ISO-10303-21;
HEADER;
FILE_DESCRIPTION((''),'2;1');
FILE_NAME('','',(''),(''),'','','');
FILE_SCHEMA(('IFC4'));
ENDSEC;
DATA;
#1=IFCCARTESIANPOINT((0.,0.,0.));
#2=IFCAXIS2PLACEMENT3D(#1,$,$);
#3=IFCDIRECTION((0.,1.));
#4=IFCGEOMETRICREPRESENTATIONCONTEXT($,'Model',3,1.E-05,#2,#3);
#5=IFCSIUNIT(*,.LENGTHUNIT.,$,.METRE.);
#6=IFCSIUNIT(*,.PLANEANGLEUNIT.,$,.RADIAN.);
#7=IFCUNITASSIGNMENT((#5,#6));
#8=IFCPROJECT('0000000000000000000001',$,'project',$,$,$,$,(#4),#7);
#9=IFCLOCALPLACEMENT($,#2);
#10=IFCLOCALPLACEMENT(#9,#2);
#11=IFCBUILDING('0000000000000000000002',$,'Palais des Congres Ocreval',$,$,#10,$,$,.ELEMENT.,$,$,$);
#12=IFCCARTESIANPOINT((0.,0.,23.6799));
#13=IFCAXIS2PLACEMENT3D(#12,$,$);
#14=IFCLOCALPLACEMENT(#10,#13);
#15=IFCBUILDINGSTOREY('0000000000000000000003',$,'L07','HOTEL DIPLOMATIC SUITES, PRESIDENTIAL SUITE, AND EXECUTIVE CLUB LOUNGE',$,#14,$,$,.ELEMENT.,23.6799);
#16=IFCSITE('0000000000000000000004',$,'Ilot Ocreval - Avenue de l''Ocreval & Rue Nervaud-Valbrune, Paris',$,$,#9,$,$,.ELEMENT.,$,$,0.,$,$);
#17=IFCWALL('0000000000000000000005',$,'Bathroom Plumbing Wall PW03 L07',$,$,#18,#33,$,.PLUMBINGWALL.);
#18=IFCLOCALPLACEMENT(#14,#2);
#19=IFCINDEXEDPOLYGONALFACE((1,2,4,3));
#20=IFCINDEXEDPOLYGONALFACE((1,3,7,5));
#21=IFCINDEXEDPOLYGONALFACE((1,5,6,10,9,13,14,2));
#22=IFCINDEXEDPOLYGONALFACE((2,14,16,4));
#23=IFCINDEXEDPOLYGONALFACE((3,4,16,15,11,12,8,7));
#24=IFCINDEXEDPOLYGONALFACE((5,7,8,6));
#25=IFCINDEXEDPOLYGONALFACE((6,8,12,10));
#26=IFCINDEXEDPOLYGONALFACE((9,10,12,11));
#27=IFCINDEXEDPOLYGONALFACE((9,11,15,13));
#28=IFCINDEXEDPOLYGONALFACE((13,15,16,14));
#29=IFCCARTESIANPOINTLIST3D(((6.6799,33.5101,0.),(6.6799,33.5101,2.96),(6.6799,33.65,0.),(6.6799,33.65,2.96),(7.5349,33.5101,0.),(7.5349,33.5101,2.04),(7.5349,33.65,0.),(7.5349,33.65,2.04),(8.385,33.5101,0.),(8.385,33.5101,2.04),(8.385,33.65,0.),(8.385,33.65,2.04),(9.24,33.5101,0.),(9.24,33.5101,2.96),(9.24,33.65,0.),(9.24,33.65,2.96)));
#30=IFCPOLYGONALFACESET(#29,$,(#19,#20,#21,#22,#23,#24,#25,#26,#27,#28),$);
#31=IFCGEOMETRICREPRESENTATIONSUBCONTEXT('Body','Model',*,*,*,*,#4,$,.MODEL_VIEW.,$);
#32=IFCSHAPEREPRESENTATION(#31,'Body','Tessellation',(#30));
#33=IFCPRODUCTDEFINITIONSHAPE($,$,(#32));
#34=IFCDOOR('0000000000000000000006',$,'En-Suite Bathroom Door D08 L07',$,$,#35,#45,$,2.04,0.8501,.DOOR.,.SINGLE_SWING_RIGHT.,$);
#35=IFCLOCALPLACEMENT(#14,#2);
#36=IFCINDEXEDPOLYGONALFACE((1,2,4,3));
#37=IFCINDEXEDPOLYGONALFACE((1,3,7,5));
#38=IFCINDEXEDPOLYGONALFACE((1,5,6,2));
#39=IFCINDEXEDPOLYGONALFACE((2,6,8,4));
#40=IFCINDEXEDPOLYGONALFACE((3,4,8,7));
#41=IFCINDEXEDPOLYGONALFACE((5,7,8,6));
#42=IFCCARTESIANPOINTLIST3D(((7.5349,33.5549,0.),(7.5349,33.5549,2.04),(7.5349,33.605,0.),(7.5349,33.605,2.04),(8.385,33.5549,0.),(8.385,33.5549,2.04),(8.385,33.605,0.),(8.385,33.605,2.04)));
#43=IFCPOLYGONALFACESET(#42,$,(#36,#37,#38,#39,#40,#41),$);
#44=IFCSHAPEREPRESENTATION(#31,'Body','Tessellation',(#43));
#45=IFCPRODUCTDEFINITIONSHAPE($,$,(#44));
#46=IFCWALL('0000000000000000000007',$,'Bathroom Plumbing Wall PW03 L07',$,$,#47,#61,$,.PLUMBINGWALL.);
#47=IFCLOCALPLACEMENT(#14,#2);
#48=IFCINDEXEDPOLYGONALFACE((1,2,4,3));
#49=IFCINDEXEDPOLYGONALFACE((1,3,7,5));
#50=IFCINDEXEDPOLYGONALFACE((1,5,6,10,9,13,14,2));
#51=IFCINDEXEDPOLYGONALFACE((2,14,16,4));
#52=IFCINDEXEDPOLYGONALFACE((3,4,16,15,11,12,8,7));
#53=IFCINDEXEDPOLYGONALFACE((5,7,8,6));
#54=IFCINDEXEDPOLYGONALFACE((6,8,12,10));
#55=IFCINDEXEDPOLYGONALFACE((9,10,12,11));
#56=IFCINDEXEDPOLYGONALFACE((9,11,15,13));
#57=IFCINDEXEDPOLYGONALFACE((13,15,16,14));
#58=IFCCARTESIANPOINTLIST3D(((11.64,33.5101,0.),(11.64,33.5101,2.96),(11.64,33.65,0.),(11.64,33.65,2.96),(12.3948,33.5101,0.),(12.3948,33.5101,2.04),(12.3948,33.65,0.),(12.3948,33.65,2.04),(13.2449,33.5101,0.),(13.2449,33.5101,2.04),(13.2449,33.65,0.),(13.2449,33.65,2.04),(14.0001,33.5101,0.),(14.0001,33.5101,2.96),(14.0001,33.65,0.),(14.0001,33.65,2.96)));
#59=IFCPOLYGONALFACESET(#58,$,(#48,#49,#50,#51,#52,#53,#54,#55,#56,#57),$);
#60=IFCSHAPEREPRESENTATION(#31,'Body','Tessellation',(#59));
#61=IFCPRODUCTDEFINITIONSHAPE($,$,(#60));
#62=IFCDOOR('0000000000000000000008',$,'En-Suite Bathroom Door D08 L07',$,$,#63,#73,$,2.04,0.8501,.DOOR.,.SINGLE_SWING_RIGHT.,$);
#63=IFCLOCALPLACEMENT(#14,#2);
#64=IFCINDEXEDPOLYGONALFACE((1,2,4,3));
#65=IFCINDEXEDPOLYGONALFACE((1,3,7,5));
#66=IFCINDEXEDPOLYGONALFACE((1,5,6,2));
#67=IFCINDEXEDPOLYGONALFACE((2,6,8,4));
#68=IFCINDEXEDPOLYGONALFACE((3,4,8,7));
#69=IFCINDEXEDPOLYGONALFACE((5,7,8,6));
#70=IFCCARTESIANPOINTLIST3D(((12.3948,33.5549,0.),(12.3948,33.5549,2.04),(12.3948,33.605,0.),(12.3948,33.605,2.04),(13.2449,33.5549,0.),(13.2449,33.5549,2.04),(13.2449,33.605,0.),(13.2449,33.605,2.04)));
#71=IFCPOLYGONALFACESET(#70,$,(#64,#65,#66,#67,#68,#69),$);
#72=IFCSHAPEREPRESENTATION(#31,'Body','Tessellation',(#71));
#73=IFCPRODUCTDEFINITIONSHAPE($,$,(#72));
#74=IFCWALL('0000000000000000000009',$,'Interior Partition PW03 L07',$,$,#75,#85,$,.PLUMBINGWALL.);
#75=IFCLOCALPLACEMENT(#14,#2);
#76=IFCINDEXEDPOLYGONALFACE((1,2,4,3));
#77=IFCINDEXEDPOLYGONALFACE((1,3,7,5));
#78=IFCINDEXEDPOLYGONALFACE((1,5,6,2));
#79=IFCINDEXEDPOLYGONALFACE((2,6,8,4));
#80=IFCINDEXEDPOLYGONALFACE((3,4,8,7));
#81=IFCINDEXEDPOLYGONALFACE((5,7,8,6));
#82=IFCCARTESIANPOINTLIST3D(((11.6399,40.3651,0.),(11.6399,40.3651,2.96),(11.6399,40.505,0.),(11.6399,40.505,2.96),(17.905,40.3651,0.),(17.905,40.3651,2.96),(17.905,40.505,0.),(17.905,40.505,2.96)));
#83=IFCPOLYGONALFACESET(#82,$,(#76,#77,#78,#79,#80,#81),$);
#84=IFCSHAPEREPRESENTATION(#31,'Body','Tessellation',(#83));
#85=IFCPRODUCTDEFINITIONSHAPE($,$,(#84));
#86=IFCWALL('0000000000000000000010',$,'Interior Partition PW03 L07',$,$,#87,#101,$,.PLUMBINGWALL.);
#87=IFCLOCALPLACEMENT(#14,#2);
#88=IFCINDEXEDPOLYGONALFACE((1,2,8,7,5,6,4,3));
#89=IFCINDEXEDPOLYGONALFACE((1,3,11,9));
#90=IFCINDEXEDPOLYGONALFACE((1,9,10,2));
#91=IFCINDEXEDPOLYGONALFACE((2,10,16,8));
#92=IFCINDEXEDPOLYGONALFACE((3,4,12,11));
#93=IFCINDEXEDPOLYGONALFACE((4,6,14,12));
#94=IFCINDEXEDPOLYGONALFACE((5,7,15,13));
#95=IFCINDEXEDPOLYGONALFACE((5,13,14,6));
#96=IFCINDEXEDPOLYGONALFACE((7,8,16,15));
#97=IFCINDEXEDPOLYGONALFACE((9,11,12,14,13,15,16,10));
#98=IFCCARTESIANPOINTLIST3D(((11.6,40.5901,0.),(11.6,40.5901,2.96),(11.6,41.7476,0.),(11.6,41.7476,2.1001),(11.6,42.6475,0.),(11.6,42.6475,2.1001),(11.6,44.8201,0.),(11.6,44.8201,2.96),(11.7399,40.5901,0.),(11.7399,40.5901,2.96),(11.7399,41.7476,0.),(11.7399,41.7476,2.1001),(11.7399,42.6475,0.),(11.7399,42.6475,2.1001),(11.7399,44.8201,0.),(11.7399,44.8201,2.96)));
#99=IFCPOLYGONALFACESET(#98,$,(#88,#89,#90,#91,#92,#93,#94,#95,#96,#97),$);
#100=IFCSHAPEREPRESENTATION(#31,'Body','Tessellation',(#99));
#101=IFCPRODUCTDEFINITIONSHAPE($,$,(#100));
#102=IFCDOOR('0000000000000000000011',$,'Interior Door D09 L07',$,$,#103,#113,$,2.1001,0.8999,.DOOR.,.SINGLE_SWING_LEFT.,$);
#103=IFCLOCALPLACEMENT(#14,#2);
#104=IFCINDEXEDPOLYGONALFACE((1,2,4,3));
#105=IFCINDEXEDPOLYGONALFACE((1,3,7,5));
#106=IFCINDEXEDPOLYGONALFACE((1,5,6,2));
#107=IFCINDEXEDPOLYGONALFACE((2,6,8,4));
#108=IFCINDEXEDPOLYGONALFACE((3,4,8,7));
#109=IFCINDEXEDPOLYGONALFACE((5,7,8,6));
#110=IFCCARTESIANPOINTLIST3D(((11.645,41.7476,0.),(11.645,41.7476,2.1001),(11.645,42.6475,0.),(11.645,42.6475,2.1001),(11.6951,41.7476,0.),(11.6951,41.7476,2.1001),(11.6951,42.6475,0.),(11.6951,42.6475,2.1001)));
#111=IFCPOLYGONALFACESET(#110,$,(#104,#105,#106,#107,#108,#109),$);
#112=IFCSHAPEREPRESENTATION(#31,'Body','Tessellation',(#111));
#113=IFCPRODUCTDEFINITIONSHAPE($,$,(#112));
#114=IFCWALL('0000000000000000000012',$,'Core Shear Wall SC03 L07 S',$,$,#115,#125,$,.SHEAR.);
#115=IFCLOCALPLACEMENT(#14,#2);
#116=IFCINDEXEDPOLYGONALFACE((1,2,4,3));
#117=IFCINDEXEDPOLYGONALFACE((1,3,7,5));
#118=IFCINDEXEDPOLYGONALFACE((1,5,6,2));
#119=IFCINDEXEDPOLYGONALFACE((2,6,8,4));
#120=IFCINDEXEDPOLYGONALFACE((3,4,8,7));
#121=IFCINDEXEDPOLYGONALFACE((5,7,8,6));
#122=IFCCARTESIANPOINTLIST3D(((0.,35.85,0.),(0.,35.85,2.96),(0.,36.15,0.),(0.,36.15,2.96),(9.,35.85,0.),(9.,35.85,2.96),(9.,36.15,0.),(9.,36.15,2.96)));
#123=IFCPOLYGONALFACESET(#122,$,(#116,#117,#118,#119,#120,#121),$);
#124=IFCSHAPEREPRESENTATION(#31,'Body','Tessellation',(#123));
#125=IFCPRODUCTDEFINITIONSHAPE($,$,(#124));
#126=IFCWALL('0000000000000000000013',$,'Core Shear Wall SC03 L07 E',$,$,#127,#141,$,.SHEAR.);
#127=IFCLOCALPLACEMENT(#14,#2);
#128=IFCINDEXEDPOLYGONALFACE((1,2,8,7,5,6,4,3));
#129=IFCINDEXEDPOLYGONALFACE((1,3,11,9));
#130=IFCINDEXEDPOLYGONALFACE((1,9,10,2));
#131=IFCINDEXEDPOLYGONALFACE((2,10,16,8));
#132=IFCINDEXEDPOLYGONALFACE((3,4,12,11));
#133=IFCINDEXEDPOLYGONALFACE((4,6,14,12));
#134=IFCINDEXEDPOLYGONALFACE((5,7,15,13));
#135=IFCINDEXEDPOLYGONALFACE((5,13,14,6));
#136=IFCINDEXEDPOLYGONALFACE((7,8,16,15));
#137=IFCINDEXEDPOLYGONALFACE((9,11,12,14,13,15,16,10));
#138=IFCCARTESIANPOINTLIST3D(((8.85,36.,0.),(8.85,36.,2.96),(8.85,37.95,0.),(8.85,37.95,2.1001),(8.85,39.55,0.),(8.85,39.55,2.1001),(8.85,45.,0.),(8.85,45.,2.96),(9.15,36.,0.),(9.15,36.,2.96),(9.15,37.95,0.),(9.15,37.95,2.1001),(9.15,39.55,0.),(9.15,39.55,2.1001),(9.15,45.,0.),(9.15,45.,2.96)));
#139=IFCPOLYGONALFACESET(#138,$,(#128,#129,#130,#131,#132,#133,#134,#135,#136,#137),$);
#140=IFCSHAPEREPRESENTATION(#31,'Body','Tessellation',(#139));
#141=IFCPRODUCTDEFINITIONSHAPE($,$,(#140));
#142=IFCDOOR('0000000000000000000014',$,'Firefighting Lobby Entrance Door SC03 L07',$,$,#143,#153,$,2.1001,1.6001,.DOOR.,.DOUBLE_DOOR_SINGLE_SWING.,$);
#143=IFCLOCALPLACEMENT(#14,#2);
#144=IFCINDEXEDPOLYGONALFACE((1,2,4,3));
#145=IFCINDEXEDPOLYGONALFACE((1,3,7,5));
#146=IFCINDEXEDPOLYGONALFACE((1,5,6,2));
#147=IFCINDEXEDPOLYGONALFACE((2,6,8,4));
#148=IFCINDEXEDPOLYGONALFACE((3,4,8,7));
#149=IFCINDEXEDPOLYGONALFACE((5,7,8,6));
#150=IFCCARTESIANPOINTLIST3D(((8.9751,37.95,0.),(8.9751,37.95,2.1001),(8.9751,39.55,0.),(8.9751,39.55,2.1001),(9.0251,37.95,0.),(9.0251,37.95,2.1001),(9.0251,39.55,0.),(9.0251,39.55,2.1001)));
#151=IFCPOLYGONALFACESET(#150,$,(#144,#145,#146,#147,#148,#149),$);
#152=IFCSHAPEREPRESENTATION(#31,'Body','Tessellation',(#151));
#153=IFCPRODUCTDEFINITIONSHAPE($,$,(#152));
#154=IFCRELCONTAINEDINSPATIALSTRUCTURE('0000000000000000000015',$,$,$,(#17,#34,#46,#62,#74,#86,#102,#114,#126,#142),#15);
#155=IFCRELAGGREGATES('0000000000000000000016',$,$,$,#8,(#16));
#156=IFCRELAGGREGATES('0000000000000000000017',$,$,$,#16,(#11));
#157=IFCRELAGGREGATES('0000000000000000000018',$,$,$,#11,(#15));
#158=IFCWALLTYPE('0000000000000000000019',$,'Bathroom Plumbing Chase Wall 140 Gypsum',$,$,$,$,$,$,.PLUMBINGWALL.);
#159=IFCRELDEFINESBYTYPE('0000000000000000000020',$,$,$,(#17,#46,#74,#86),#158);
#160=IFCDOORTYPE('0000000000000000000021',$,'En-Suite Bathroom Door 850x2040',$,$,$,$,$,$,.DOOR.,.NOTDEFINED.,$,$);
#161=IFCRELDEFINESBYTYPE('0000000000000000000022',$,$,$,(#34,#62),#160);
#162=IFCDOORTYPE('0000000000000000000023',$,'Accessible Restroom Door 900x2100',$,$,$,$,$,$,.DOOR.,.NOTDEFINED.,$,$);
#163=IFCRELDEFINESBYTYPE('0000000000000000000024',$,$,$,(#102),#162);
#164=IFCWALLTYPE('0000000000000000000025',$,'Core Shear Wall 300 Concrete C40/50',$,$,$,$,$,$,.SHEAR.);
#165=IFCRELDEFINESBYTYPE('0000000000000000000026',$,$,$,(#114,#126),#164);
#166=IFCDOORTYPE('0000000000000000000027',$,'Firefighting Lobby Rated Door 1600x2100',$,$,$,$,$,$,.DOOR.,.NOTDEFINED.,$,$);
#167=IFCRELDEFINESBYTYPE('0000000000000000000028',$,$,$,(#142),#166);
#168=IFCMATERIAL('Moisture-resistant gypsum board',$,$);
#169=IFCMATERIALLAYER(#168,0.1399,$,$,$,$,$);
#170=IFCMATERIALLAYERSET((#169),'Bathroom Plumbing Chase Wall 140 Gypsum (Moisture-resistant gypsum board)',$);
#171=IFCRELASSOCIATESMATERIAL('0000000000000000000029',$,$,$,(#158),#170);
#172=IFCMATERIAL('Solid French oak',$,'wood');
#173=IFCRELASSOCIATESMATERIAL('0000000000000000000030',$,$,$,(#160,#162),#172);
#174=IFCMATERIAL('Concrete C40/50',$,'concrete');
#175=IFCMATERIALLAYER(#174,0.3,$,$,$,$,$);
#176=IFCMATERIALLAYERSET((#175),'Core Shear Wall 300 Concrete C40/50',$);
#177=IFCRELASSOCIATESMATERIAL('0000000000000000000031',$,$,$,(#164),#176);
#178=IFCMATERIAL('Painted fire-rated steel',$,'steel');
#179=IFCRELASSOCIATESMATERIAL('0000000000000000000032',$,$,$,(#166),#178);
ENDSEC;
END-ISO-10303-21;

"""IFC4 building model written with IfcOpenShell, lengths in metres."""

from ifc_helpers import new_model, si_unit, direction, frame, frame_2d, origin, place, context, subcontext, project, spatial, rectangle, extrude, material, layer, layer_set, type_object, element, fill, save


model = new_model("IFC4")

# Units and contexts
model_context = context("Model", 3, precision=1e-05, world=origin(), true_north=direction((0.0, 1.0)))
body_context = subcontext(model_context, "Body", "Model", "MODEL_VIEW")
ifc_project = project(units=[si_unit("LENGTHUNIT", "METRE"), si_unit("PLANEANGLEUNIT", "RADIAN")], contexts=[model_context])

# Site, building, storey
site_placement = place(None, origin())
site = spatial("IfcSite", under=ifc_project, at=site_placement, Name="Ilot Ocreval - Avenue de l'Ocreval & Rue Nervaud-Valbrune, Paris", CompositionType="ELEMENT", RefElevation=0.0)
building_placement = place(site_placement, origin())
building = spatial("IfcBuilding", under=site, at=building_placement, Name="Palais des Congres Ocreval", CompositionType="ELEMENT")
storey_placement = place(building_placement, frame((0.0, 0.0, 23.6799)))
storey = spatial("IfcBuildingStorey", under=building, at=storey_placement, Name="L07", Description="HOTEL DIPLOMATIC SUITES, PRESIDENTIAL SUITE, AND EXECUTIVE CLUB LOUNGE", CompositionType="ELEMENT", Elevation=23.6799)

# Walls, openings, doors
ifc_material_1 = material(Name="Moisture-resistant gypsum board")
ifc_layer_1 = layer(ifc_material_1, 0.1399)
ifc_layer_set_1 = layer_set([ifc_layer_1], Name="Bathroom Plumbing Chase Wall 140 Gypsum (Moisture-resistant gypsum board)")
wall_type_1 = type_object("IfcWallType", Name="Bathroom Plumbing Chase Wall 140 Gypsum", PredefinedType="PLUMBINGWALL", material=ifc_layer_set_1)
wall_1_placement = place(storey_placement, frame((6.6799, 33.5801, 0.0), z_axis=(0.0, 0.0, 1.0), x_axis=(1.0, 0.0, 0.0)))
wall_1 = element("IfcWall", 1, at=wall_1_placement, inside=storey, type_object=wall_type_1, Name="Bathroom Plumbing Wall PW03 L07", PredefinedType="PLUMBINGWALL", context=body_context, shape_type="SweptSolid", body=[
    extrude(rectangle(XDim=2.5601, YDim=0.1399, at=frame_2d((1.28, 0.0))), origin(), (0.0, 0.0, 1.0), 2.96),
])
opening_1_placement = place(wall_1_placement, frame((0.855, 0.0, 0.0)))
opening_1 = element("IfcOpeningElement", 2, at=opening_1_placement, cuts=wall_1, PredefinedType="OPENING", context=body_context, shape_type="SweptSolid", body=[
    extrude(rectangle(XDim=0.8501, YDim=2.04, at=frame_2d((0.425, 1.02))), frame((0.0, 0.0798, 0.0), z_axis=(0.0, -1.0, 0.0), x_axis=(1.0, 0.0, 0.0)), (0.0, 0.0, 1.0), 0.1599),
])
ifc_material_2 = material(Name="Solid French oak", Category="wood")
door_type_1 = type_object("IfcDoorType", Name="En-Suite Bathroom Door 850x2040", OperationType="NOTDEFINED", PredefinedType="DOOR", material=ifc_material_2)
door_1_placement = place(opening_1_placement, origin())
door_1 = element("IfcDoor", 3, at=door_1_placement, inside=storey, type_object=door_type_1, Name="En-Suite Bathroom Door D08 L07", OperationType="SINGLE_SWING_RIGHT", OverallHeight=2.04, OverallWidth=0.8501, PredefinedType="DOOR", context=body_context, shape_type="SweptSolid", body=[
    extrude(rectangle(XDim=0.8501, YDim=2.04, at=frame_2d((0.425, 1.02))), frame((0.0, 0.0249, 0.0), z_axis=(0.0, -1.0, 0.0), x_axis=(1.0, 0.0, 0.0)), (0.0, 0.0, 1.0), 0.05),
])
fill(opening_1, door_1)
wall_2_placement = place(storey_placement, frame((11.6399, 33.5801, 0.0), z_axis=(0.0, 0.0, 1.0), x_axis=(1.0, 0.0, 0.0)))
wall_2 = element("IfcWall", 4, at=wall_2_placement, inside=storey, type_object=wall_type_1, Name="Bathroom Plumbing Wall PW03 L07", PredefinedType="PLUMBINGWALL", context=body_context, shape_type="SweptSolid", body=[
    extrude(rectangle(XDim=2.3601, YDim=0.1399, at=frame_2d((1.1802, 0.0))), origin(), (0.0, 0.0, 1.0), 2.96),
])
opening_2_placement = place(wall_2_placement, frame((0.7549, 0.0, 0.0)))
opening_2 = element("IfcOpeningElement", 5, at=opening_2_placement, cuts=wall_2, PredefinedType="OPENING", context=body_context, shape_type="SweptSolid", body=[
    extrude(rectangle(XDim=0.8501, YDim=2.04, at=frame_2d((0.425, 1.02))), frame((0.0, 0.0798, 0.0), z_axis=(0.0, -1.0, 0.0), x_axis=(1.0, 0.0, 0.0)), (0.0, 0.0, 1.0), 0.1599),
])
door_2_placement = place(opening_2_placement, origin())
door_2 = element("IfcDoor", 6, at=door_2_placement, inside=storey, type_object=door_type_1, Name="En-Suite Bathroom Door D08 L07", OperationType="SINGLE_SWING_RIGHT", OverallHeight=2.04, OverallWidth=0.8501, PredefinedType="DOOR", context=body_context, shape_type="SweptSolid", body=[
    extrude(rectangle(XDim=0.8501, YDim=2.04, at=frame_2d((0.425, 1.02))), frame((0.0, 0.0249, 0.0), z_axis=(0.0, -1.0, 0.0), x_axis=(1.0, 0.0, 0.0)), (0.0, 0.0, 1.0), 0.05),
])
fill(opening_2, door_2)

# Wall
wall_3_placement = place(storey_placement, frame((11.6399, 40.4351, 0.0), z_axis=(0.0, 0.0, 1.0), x_axis=(1.0, 0.0, 0.0)))
element("IfcWall", 7, at=wall_3_placement, inside=storey, type_object=wall_type_1, Name="Interior Partition PW03 L07", PredefinedType="PLUMBINGWALL", context=body_context, shape_type="SweptSolid", body=[
    extrude(rectangle(XDim=6.2651, YDim=0.1399, at=frame_2d((3.1326, 0.0))), origin(), (0.0, 0.0, 1.0), 2.96),
])

# Wall, opening, door
wall_4_placement = place(storey_placement, frame((11.6699, 40.5901, 0.0), z_axis=(0.0, 0.0, 1.0), x_axis=(0.0, 1.0, 0.0)))
wall_4 = element("IfcWall", 8, at=wall_4_placement, inside=storey, type_object=wall_type_1, Name="Interior Partition PW03 L07", PredefinedType="PLUMBINGWALL", context=body_context, shape_type="SweptSolid", body=[
    extrude(rectangle(XDim=4.23, YDim=0.1399, at=frame_2d((2.115, 0.0))), origin(), (0.0, 0.0, 1.0), 2.96),
])
opening_3_placement = place(wall_4_placement, frame((1.1575, 0.0, 0.0)))
opening_3 = element("IfcOpeningElement", 9, at=opening_3_placement, cuts=wall_4, PredefinedType="OPENING", context=body_context, shape_type="SweptSolid", body=[
    extrude(rectangle(XDim=0.8999, YDim=2.1001, at=frame_2d((0.45, 1.05))), frame((0.0, 0.0798, 0.0), z_axis=(0.0, -1.0, 0.0), x_axis=(1.0, 0.0, 0.0)), (0.0, 0.0, 1.0), 0.1599),
])
door_type_2 = type_object("IfcDoorType", Name="Accessible Restroom Door 900x2100", OperationType="NOTDEFINED", PredefinedType="DOOR", material=ifc_material_2)
door_3_placement = place(opening_3_placement, origin())
door_3 = element("IfcDoor", 10, at=door_3_placement, inside=storey, type_object=door_type_2, Name="Interior Door D09 L07", OperationType="SINGLE_SWING_LEFT", OverallHeight=2.1001, OverallWidth=0.8999, PredefinedType="DOOR", context=body_context, shape_type="SweptSolid", body=[
    extrude(rectangle(XDim=0.8999, YDim=2.1001, at=frame_2d((0.45, 1.05))), frame((0.0, 0.0249, 0.0), z_axis=(0.0, -1.0, 0.0), x_axis=(1.0, 0.0, 0.0)), (0.0, 0.0, 1.0), 0.05),
])
fill(opening_3, door_3)

# Wall
ifc_material_3 = material(Name="Concrete C40/50", Category="concrete")
ifc_layer_2 = layer(ifc_material_3, 0.3)
ifc_layer_set_2 = layer_set([ifc_layer_2], Name="Core Shear Wall 300 Concrete C40/50")
wall_type_2 = type_object("IfcWallType", Name="Core Shear Wall 300 Concrete C40/50", PredefinedType="SHEAR", material=ifc_layer_set_2)
wall_5_placement = place(storey_placement, frame((0.0, 36.0, 0.0), z_axis=(0.0, 0.0, 1.0), x_axis=(1.0, 0.0, 0.0)))
element("IfcWall", 11, at=wall_5_placement, inside=storey, type_object=wall_type_2, Name="Core Shear Wall SC03 L07 S", PredefinedType="SHEAR", context=body_context, shape_type="SweptSolid", body=[
    extrude(rectangle(XDim=9.0, YDim=0.3, at=frame_2d((4.5, 0.0))), origin(), (0.0, 0.0, 1.0), 2.96),
])

# Wall, opening, door
wall_6_placement = place(storey_placement, frame((9.0, 36.0, 0.0), z_axis=(0.0, 0.0, 1.0), x_axis=(0.0, 1.0, 0.0)))
wall_6 = element("IfcWall", 12, at=wall_6_placement, inside=storey, type_object=wall_type_2, Name="Core Shear Wall SC03 L07 E", PredefinedType="SHEAR", context=body_context, shape_type="SweptSolid", body=[
    extrude(rectangle(XDim=9.0, YDim=0.3, at=frame_2d((4.5, 0.0))), origin(), (0.0, 0.0, 1.0), 2.96),
])
opening_4_placement = place(wall_6_placement, frame((1.95, 0.0, 0.0)))
opening_4 = element("IfcOpeningElement", 13, at=opening_4_placement, cuts=wall_6, PredefinedType="OPENING", context=body_context, shape_type="SweptSolid", body=[
    extrude(rectangle(XDim=1.6001, YDim=2.1001, at=frame_2d((0.8, 1.05))), frame((0.0, 0.1599, 0.0), z_axis=(0.0, -1.0, 0.0), x_axis=(1.0, 0.0, 0.0)), (0.0, 0.0, 1.0), 0.3201),
])
ifc_material_4 = material(Name="Painted fire-rated steel", Category="steel")
door_type_3 = type_object("IfcDoorType", Name="Firefighting Lobby Rated Door 1600x2100", OperationType="NOTDEFINED", PredefinedType="DOOR", material=ifc_material_4)
door_4_placement = place(opening_4_placement, origin())
door_4 = element("IfcDoor", 14, at=door_4_placement, inside=storey, type_object=door_type_3, Name="Firefighting Lobby Entrance Door SC03 L07", OperationType="DOUBLE_DOOR_SINGLE_SWING", OverallHeight=2.1001, OverallWidth=1.6001, PredefinedType="DOOR", context=body_context, shape_type="SweptSolid", body=[
    extrude(rectangle(XDim=1.6001, YDim=2.1001, at=frame_2d((0.8, 1.05))), frame((0.0, 0.0249, 0.0), z_axis=(0.0, -1.0, 0.0), x_axis=(1.0, 0.0, 0.0)), (0.0, 0.0, 1.0), 0.05),
])
fill(opening_4, door_4)

save(model, "model.ifc")
